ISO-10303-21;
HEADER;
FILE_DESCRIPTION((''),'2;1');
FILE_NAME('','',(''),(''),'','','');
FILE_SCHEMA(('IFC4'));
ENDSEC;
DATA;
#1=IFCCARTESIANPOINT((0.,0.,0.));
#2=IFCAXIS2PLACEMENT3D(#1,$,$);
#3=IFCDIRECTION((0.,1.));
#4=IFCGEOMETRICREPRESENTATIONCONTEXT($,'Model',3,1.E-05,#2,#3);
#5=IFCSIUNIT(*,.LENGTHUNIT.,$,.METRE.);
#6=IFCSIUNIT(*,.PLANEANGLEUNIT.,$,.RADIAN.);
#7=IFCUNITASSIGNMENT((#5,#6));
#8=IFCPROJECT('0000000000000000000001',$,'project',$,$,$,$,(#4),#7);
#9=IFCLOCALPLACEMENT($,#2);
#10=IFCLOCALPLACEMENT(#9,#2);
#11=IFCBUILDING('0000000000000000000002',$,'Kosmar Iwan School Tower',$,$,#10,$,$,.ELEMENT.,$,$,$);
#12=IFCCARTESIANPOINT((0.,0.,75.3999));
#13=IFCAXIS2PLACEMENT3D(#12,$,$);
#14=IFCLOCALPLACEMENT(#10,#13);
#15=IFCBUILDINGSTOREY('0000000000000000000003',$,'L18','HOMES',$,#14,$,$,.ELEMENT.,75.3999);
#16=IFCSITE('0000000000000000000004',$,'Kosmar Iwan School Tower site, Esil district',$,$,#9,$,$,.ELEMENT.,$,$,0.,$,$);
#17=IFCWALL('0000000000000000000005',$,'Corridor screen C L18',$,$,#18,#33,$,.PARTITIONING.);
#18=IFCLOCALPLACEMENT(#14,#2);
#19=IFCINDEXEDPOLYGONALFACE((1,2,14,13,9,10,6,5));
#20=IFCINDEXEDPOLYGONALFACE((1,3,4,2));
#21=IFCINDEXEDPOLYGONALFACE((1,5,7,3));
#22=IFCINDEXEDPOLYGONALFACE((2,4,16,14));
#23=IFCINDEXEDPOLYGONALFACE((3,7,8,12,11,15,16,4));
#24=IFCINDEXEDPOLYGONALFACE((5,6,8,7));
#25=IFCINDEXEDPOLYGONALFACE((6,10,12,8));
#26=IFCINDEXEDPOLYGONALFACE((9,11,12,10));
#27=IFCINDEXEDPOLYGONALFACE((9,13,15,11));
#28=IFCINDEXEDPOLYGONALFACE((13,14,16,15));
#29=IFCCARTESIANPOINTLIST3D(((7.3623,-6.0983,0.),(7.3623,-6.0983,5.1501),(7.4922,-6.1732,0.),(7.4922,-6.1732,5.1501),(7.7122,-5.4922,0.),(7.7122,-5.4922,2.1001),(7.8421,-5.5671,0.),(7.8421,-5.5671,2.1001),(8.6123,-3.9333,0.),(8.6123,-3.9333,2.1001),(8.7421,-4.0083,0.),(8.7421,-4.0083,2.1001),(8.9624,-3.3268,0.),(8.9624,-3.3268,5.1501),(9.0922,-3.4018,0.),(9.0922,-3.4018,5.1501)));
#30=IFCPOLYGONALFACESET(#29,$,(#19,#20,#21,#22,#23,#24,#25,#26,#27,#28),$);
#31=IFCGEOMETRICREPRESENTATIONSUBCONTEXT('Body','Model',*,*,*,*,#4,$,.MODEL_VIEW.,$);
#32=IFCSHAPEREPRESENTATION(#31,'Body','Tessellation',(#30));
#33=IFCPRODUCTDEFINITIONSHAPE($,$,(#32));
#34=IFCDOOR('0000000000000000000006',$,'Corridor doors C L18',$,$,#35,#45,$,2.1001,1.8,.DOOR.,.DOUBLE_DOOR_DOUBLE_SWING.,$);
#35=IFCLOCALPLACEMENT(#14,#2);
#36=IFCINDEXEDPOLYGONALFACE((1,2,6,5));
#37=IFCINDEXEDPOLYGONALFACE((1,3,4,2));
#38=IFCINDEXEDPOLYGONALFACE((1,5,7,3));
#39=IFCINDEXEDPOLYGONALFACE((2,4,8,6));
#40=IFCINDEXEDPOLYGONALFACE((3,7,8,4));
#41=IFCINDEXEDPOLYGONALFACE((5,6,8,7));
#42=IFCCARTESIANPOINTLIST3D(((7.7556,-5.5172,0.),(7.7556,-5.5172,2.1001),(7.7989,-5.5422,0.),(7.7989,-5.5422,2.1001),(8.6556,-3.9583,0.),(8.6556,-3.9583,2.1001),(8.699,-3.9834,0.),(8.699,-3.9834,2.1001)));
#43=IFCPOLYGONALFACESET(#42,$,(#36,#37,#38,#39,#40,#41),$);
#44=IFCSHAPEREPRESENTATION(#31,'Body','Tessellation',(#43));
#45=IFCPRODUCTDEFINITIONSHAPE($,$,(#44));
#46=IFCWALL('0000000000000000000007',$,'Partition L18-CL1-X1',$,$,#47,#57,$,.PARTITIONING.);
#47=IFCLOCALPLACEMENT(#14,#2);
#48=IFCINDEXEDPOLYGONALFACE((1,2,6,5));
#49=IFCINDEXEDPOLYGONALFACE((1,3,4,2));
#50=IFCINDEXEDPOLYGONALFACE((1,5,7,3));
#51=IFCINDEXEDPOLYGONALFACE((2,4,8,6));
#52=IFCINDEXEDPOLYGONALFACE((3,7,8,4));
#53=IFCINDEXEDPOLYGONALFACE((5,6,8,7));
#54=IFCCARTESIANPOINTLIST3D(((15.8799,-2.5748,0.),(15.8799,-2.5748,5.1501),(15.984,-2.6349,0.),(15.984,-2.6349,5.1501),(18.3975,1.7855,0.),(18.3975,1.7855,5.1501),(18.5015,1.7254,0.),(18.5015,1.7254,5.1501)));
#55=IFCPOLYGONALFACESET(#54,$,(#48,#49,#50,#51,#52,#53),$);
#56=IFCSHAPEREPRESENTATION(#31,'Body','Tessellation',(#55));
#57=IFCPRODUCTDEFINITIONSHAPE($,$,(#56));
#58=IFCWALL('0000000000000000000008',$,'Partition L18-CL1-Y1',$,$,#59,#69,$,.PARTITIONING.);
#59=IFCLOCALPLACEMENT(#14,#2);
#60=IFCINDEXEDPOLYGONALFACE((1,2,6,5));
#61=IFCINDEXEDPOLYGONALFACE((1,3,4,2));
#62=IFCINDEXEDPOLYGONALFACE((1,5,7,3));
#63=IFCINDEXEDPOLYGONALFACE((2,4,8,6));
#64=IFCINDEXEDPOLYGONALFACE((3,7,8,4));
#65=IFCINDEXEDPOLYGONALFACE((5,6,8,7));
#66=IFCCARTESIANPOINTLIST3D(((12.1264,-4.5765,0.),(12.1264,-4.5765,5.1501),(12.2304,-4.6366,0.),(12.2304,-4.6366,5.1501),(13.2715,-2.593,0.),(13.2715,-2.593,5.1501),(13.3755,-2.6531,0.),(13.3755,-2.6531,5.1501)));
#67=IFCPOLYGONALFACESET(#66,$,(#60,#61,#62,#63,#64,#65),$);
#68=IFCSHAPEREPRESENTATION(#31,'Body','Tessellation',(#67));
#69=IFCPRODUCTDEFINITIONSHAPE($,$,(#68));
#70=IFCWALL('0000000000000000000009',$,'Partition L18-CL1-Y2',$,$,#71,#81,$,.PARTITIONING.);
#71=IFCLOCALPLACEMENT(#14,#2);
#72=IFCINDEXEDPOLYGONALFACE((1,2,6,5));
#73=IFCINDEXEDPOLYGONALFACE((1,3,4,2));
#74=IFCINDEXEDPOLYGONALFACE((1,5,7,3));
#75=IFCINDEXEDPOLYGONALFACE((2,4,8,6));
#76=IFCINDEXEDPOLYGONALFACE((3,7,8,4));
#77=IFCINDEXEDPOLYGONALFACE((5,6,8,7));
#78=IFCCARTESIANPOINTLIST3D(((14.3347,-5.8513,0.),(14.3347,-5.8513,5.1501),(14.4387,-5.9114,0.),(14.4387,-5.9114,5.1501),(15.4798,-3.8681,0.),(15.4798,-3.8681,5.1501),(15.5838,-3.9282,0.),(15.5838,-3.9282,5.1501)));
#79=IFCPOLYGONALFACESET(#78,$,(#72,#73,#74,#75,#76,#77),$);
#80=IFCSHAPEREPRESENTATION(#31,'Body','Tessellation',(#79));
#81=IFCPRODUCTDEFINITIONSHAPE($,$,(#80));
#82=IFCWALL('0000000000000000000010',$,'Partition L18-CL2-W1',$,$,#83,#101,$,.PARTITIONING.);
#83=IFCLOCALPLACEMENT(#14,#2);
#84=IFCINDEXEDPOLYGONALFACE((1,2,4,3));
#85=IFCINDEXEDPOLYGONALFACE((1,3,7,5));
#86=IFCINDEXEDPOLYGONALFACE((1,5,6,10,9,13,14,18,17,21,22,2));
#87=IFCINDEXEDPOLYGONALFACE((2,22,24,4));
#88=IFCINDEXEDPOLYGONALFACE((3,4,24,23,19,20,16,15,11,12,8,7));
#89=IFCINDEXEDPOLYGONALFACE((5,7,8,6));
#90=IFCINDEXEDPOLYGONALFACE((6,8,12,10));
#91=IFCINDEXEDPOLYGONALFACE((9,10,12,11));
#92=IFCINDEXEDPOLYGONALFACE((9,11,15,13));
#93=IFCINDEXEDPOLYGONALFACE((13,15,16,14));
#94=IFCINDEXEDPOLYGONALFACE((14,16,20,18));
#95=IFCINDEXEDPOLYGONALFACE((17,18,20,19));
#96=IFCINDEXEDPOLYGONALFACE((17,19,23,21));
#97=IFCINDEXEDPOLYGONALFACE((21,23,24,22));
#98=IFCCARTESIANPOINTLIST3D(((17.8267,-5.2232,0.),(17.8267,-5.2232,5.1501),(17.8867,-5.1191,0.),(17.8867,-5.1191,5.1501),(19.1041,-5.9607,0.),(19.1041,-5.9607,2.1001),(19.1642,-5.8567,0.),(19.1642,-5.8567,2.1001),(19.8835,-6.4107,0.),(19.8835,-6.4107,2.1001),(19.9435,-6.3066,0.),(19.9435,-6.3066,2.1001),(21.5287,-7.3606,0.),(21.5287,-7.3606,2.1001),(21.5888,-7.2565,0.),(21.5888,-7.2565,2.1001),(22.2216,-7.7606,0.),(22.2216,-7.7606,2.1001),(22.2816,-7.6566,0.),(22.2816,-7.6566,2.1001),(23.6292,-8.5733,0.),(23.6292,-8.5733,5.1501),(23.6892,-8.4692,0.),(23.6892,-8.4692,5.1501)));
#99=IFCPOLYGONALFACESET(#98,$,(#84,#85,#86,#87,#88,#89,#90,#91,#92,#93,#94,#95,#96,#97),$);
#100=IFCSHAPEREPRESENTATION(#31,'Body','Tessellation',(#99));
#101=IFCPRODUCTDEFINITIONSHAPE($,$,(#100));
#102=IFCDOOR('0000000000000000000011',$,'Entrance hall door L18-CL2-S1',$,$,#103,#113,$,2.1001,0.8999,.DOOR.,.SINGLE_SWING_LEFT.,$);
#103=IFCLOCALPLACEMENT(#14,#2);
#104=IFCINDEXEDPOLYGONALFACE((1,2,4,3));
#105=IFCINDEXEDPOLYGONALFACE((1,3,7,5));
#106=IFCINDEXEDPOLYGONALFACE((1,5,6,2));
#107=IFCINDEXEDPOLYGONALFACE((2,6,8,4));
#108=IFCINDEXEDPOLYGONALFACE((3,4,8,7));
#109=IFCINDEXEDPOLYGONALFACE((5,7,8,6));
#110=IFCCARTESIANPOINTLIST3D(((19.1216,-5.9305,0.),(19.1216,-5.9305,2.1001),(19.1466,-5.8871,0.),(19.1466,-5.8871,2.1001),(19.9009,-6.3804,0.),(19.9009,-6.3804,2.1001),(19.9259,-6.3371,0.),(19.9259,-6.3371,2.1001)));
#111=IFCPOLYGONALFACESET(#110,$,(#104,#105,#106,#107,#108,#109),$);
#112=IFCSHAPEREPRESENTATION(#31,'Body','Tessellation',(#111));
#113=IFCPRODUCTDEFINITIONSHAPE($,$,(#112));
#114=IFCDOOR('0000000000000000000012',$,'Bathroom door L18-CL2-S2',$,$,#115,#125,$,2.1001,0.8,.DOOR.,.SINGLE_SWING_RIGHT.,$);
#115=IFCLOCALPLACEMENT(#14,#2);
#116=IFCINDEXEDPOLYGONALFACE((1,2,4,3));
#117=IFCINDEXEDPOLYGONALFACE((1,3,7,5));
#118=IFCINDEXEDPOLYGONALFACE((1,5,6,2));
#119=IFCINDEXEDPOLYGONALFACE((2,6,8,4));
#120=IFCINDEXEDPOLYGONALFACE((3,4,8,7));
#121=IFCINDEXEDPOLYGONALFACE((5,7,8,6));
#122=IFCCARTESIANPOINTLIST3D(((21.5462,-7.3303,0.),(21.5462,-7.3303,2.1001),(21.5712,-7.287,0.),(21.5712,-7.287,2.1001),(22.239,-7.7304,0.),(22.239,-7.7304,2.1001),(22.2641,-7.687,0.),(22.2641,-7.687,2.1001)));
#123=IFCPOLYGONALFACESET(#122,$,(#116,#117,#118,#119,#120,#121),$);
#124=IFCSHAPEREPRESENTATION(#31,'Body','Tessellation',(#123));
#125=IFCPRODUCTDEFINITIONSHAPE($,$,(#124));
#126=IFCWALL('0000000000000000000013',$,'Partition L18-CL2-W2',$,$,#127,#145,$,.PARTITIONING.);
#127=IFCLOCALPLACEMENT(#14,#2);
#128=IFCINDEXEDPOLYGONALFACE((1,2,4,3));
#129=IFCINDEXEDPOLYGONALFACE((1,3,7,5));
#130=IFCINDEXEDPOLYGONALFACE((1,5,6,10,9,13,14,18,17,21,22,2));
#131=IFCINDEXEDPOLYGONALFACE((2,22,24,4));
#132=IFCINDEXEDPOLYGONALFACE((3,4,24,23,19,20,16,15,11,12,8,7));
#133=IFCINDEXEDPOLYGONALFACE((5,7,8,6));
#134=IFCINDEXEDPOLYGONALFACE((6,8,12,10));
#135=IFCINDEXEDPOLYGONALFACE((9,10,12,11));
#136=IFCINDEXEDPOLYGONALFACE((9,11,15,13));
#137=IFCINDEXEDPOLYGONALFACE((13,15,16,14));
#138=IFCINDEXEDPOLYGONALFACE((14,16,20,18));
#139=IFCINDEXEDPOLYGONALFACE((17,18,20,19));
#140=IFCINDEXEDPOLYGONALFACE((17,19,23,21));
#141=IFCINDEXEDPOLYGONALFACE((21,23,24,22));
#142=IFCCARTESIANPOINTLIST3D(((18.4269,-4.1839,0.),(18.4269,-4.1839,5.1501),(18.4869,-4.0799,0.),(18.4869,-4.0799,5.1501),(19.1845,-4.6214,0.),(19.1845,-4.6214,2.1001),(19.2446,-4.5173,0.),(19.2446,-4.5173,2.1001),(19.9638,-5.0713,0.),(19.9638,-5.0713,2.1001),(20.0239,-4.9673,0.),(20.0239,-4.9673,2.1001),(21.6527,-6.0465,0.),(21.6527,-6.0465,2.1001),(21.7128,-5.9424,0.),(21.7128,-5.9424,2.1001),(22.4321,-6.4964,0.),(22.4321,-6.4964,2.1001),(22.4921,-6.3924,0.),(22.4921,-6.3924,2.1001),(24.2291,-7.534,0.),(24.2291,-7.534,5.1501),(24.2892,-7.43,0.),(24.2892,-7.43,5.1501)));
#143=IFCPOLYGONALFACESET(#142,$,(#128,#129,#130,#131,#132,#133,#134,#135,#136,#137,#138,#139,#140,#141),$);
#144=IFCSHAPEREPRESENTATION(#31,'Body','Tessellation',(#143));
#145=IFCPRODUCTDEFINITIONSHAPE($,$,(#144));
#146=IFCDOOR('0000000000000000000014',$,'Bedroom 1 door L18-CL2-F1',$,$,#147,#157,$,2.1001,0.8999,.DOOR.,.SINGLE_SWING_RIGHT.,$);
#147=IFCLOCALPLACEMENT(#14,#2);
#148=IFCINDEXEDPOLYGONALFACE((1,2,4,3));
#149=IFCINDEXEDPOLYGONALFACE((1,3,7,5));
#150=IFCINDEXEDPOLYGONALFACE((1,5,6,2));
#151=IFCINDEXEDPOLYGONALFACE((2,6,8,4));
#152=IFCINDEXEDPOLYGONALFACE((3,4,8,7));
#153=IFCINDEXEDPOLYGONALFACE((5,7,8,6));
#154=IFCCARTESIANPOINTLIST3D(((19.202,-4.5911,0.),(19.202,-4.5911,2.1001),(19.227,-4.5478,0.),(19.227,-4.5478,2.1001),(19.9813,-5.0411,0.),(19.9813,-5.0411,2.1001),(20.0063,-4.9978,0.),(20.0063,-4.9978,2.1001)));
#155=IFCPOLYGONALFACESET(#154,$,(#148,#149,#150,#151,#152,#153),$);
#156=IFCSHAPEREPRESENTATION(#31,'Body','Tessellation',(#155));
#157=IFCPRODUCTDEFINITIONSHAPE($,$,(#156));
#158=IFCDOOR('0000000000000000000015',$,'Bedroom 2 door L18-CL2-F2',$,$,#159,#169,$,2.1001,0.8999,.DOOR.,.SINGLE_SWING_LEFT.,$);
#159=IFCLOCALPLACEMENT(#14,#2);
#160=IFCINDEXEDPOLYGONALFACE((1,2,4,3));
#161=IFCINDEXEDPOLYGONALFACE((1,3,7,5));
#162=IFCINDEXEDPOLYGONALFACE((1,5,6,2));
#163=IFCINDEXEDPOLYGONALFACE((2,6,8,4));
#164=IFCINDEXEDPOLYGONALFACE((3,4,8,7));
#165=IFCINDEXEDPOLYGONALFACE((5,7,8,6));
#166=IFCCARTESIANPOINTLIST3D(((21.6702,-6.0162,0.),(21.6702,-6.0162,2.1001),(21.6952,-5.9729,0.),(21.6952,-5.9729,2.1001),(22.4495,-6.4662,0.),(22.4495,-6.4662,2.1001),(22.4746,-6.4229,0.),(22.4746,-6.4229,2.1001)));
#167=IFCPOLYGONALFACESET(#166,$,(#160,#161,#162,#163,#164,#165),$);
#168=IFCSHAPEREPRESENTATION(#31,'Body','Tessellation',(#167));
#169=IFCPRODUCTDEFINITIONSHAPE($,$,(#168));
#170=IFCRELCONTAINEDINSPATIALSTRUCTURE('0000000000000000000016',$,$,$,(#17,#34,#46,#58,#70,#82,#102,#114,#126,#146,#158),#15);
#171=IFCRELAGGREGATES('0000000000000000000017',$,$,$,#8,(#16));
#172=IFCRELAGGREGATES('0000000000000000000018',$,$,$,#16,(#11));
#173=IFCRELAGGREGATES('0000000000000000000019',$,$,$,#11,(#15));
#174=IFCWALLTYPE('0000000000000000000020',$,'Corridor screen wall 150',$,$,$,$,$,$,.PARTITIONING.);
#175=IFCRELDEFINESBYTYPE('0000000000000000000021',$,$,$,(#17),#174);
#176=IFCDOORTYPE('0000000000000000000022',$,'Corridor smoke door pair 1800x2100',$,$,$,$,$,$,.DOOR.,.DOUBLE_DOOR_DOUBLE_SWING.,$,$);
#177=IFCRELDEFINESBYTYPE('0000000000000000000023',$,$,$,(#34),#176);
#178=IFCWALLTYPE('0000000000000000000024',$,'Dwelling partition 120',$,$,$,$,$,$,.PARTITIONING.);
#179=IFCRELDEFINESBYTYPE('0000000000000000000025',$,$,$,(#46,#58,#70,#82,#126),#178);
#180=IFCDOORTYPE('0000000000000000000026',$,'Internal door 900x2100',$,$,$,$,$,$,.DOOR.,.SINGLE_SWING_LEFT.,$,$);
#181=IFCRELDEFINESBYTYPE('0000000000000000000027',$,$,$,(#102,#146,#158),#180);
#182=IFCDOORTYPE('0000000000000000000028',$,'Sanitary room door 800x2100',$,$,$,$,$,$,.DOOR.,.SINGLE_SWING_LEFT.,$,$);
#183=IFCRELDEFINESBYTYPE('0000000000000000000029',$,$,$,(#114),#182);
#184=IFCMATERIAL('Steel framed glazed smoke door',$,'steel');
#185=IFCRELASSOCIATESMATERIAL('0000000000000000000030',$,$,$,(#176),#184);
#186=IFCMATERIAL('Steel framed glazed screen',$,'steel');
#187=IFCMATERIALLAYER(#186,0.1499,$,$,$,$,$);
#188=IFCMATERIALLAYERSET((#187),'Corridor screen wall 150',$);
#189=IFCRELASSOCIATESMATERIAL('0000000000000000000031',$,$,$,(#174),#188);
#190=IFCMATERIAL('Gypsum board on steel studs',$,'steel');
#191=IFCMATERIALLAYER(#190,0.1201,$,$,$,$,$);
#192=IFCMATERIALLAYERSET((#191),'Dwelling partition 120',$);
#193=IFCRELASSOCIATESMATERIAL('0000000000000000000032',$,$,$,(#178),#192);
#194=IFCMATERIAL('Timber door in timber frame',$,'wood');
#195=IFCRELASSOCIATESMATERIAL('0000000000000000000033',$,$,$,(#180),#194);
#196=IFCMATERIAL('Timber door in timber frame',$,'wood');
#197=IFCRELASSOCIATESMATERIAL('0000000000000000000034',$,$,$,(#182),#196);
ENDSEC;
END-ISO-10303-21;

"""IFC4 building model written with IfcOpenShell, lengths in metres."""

from ifc_helpers import new_model, si_unit, direction, frame, frame_2d, origin, place, context, subcontext, project, spatial, rectangle, extrude, material, layer, layer_set, type_object, element, fill, save


model = new_model("IFC4")

# Units and contexts
model_context = context("Model", 3, precision=1e-05, world=origin(), true_north=direction((0.0, 1.0)))
body_context = subcontext(model_context, "Body", "Model", "MODEL_VIEW")
ifc_project = project(units=[si_unit("LENGTHUNIT", "METRE"), si_unit("PLANEANGLEUNIT", "RADIAN")], contexts=[model_context])

# Site, building, storey
site_placement = place(None, origin())
site = spatial("IfcSite", under=ifc_project, at=site_placement, Name="Kosmar Iwan School Tower site, Esil district", CompositionType="ELEMENT", RefElevation=0.0)
building_placement = place(site_placement, origin())
building = spatial("IfcBuilding", under=site, at=building_placement, Name="Kosmar Iwan School Tower", CompositionType="ELEMENT")
storey_placement = place(building_placement, frame((0.0, 0.0, 75.3999)))
storey = spatial("IfcBuildingStorey", under=building, at=storey_placement, Name="L18", Description="HOMES", CompositionType="ELEMENT", Elevation=75.3999)

# Wall, opening, door
ifc_material_1 = material(Name="Steel framed glazed smoke door", Category="steel")
door_type_1 = type_object("IfcDoorType", Name="Corridor smoke door pair 1800x2100", OperationType="DOUBLE_DOOR_DOUBLE_SWING", PredefinedType="DOOR", material=ifc_material_1)
ifc_material_2 = material(Name="Steel framed glazed screen", Category="steel")
ifc_layer_1 = layer(ifc_material_2, 0.1499)
ifc_layer_set_1 = layer_set([ifc_layer_1], Name="Corridor screen wall 150")
wall_type_1 = type_object("IfcWallType", Name="Corridor screen wall 150", PredefinedType="PARTITIONING", material=ifc_layer_set_1)
wall_1_placement = place(storey_placement, frame((7.4272, -6.1357, 0.0), z_axis=(0.0, 0.0, 1.0), x_axis=(0.499995, 0.866028, 0.0)))
wall_1 = element("IfcWall", 1, at=wall_1_placement, inside=storey, type_object=wall_type_1, Name="Corridor screen C L18", PredefinedType="PARTITIONING", context=body_context, shape_type="SweptSolid", body=[
    extrude(rectangle(XDim=3.2002, YDim=0.1499, at=frame_2d((1.6001, 0.0))), origin(), (0.0, 0.0, 1.0), 5.1501),
])
opening_1_placement = place(wall_1_placement, frame((0.7, 0.0, 0.0)))
opening_1 = element("IfcOpeningElement", 2, at=opening_1_placement, cuts=wall_1, PredefinedType="OPENING", context=body_context, shape_type="SweptSolid", body=[
    extrude(rectangle(XDim=1.8, YDim=2.1001, at=frame_2d((0.8999, 1.05))), frame((0.0, 0.0869, 0.0), z_axis=(0.0, -1.0, 0.0), x_axis=(1.0, 0.0, 0.0)), (0.0, 0.0, 1.0), 0.1738),
])
door_1_placement = place(opening_1_placement, origin())
door_1 = element("IfcDoor", 3, at=door_1_placement, inside=storey, type_object=door_type_1, Name="Corridor doors C L18", OperationType="DOUBLE_DOOR_DOUBLE_SWING", OverallHeight=2.1001, OverallWidth=1.8, PredefinedType="DOOR", context=body_context, shape_type="SweptSolid", body=[
    extrude(rectangle(XDim=1.8, YDim=2.1001, at=frame_2d((0.8999, 1.05))), frame((0.0, 0.0249, 0.0), z_axis=(0.0, -1.0, 0.0), x_axis=(1.0, 0.0, 0.0)), (0.0, 0.0, 1.0), 0.05),
])
fill(opening_1, door_1)

# Walls
ifc_material_3 = material(Name="Gypsum board on steel studs", Category="steel")
ifc_layer_2 = layer(ifc_material_3, 0.1201)
ifc_layer_set_2 = layer_set([ifc_layer_2], Name="Dwelling partition 120")
wall_type_2 = type_object("IfcWallType", Name="Dwelling partition 120", PredefinedType="PARTITIONING", material=ifc_layer_set_2)
wall_2_placement = place(storey_placement, frame((15.9319, -2.605, 0.0), z_axis=(0.0, 0.0, 1.0), x_axis=(0.500019, 0.866014, 0.0)))
element("IfcWall", 4, at=wall_2_placement, inside=storey, type_object=wall_type_2, Name="Partition L18-CL1-X1", PredefinedType="PARTITIONING", context=body_context, shape_type="SweptSolid", body=[
    extrude(rectangle(XDim=5.0349, YDim=0.1201, at=frame_2d((2.5176, 0.0))), origin(), (0.0, 0.0, 1.0), 5.1501),
])
wall_3_placement = place(storey_placement, frame((12.1785, -4.6064, 0.0), z_axis=(0.0, 0.0, 1.0), x_axis=(0.499969, 0.866044, 0.0)))
element("IfcWall", 5, at=wall_3_placement, inside=storey, type_object=wall_type_2, Name="Partition L18-CL1-Y1", PredefinedType="PARTITIONING", context=body_context, shape_type="SweptSolid", body=[
    extrude(rectangle(XDim=2.2903, YDim=0.1201, at=frame_2d((1.145, 0.0))), origin(), (0.0, 0.0, 1.0), 5.1501),
])
wall_4_placement = place(storey_placement, frame((14.3867, -5.8813, 0.0), z_axis=(0.0, 0.0, 1.0), x_axis=(0.500015, 0.866017, 0.0)))
element("IfcWall", 6, at=wall_4_placement, inside=storey, type_object=wall_type_2, Name="Partition L18-CL1-Y2", PredefinedType="PARTITIONING", context=body_context, shape_type="SweptSolid", body=[
    extrude(rectangle(XDim=2.29, YDim=0.1201, at=frame_2d((1.145, 0.0))), origin(), (0.0, 0.0, 1.0), 5.1501),
])

# Walls, openings, doors
wall_5_placement = place(storey_placement, frame((17.8567, -5.1711, 0.0), z_axis=(0.0, 0.0, 1.0), x_axis=(0.866024, -0.500003, 0.0)))
wall_5 = element("IfcWall", 7, at=wall_5_placement, inside=storey, type_object=wall_type_2, Name="Partition L18-CL2-W1", PredefinedType="PARTITIONING", context=body_context, shape_type="SweptSolid", body=[
    extrude(rectangle(XDim=6.7002, YDim=0.1201, at=frame_2d((3.3501, 0.0))), origin(), (0.0, 0.0, 1.0), 5.1501),
])
opening_2_placement = place(wall_5_placement, frame((1.4751, 0.0, 0.0)))
opening_2 = element("IfcOpeningElement", 8, at=opening_2_placement, cuts=wall_5, PredefinedType="OPENING", context=body_context, shape_type="SweptSolid", body=[
    extrude(rectangle(XDim=0.8999, YDim=2.1001, at=frame_2d((0.45, 1.05))), frame((0.0, 0.072, 0.0), z_axis=(0.0, -1.0, 0.0), x_axis=(1.0, 0.0, 0.0)), (0.0, 0.0, 1.0), 0.144),
])
opening_3_placement = place(wall_5_placement, frame((4.2749, 0.0, 0.0)))
opening_3 = element("IfcOpeningElement", 9, at=opening_3_placement, cuts=wall_5, PredefinedType="OPENING", context=body_context, shape_type="SweptSolid", body=[
    extrude(rectangle(XDim=0.8, YDim=2.1001, at=frame_2d((0.3999, 1.05))), frame((0.0, 0.072, 0.0), z_axis=(0.0, -1.0, 0.0), x_axis=(1.0, 0.0, 0.0)), (0.0, 0.0, 1.0), 0.144),
])
ifc_material_4 = material(Name="Timber door in timber frame", Category="wood")
door_type_2 = type_object("IfcDoorType", Name="Internal door 900x2100", OperationType="SINGLE_SWING_LEFT", PredefinedType="DOOR", material=ifc_material_4)
door_2_placement = place(opening_2_placement, origin())
door_2 = element("IfcDoor", 10, at=door_2_placement, inside=storey, type_object=door_type_2, Name="Entrance hall door L18-CL2-S1", OperationType="SINGLE_SWING_LEFT", OverallHeight=2.1001, OverallWidth=0.8999, PredefinedType="DOOR", context=body_context, shape_type="SweptSolid", body=[
    extrude(rectangle(XDim=0.8999, YDim=2.1001, at=frame_2d((0.45, 1.05))), frame((0.0, 0.0249, 0.0), z_axis=(0.0, -1.0, 0.0), x_axis=(1.0, 0.0, 0.0)), (0.0, 0.0, 1.0), 0.05),
])
fill(opening_2, door_2)
ifc_material_5 = material(Name="Timber door in timber frame", Category="wood")
door_type_3 = type_object("IfcDoorType", Name="Sanitary room door 800x2100", OperationType="SINGLE_SWING_LEFT", PredefinedType="DOOR", material=ifc_material_5)
door_3_placement = place(opening_3_placement, origin())
door_3 = element("IfcDoor", 11, at=door_3_placement, inside=storey, type_object=door_type_3, Name="Bathroom door L18-CL2-S2", OperationType="SINGLE_SWING_RIGHT", OverallHeight=2.1001, OverallWidth=0.8, PredefinedType="DOOR", context=body_context, shape_type="SweptSolid", body=[
    extrude(rectangle(XDim=0.8, YDim=2.1001, at=frame_2d((0.3999, 1.05))), frame((0.0, 0.0249, 0.0), z_axis=(0.0, -1.0, 0.0), x_axis=(1.0, 0.0, 0.0)), (0.0, 0.0, 1.0), 0.05),
])
fill(opening_3, door_3)
wall_6_placement = place(storey_placement, frame((18.4568, -4.1318, 0.0), z_axis=(0.0, 0.0, 1.0), x_axis=(0.866014, -0.500019, 0.0)))
wall_6 = element("IfcWall", 12, at=wall_6_placement, inside=storey, type_object=wall_type_2, Name="Partition L18-CL2-W2", PredefinedType="PARTITIONING", context=body_context, shape_type="SweptSolid", body=[
    extrude(rectangle(XDim=6.7, YDim=0.1201, at=frame_2d((3.3501, 0.0))), origin(), (0.0, 0.0, 1.0), 5.1501),
])
opening_4_placement = place(wall_6_placement, frame((0.875, 0.0, 0.0)))
opening_4 = element("IfcOpeningElement", 13, at=opening_4_placement, cuts=wall_6, PredefinedType="OPENING", context=body_context, shape_type="SweptSolid", body=[
    extrude(rectangle(XDim=0.8999, YDim=2.1001, at=frame_2d((0.45, 1.05))), frame((0.0, 0.072, 0.0), z_axis=(0.0, -1.0, 0.0), x_axis=(1.0, 0.0, 0.0)), (0.0, 0.0, 1.0), 0.144),
])
opening_5_placement = place(wall_6_placement, frame((3.7251, 0.0, 0.0)))
opening_5 = element("IfcOpeningElement", 14, at=opening_5_placement, cuts=wall_6, PredefinedType="OPENING", context=body_context, shape_type="SweptSolid", body=[
    extrude(rectangle(XDim=0.8999, YDim=2.1001, at=frame_2d((0.45, 1.05))), frame((0.0, 0.072, 0.0), z_axis=(0.0, -1.0, 0.0), x_axis=(1.0, 0.0, 0.0)), (0.0, 0.0, 1.0), 0.144),
])
door_4_placement = place(opening_4_placement, origin())
door_4 = element("IfcDoor", 15, at=door_4_placement, inside=storey, type_object=door_type_2, Name="Bedroom 1 door L18-CL2-F1", OperationType="SINGLE_SWING_RIGHT", OverallHeight=2.1001, OverallWidth=0.8999, PredefinedType="DOOR", context=body_context, shape_type="SweptSolid", body=[
    extrude(rectangle(XDim=0.8999, YDim=2.1001, at=frame_2d((0.45, 1.05))), frame((0.0, 0.0249, 0.0), z_axis=(0.0, -1.0, 0.0), x_axis=(1.0, 0.0, 0.0)), (0.0, 0.0, 1.0), 0.05),
])
fill(opening_4, door_4)
door_5_placement = place(opening_5_placement, origin())
door_5 = element("IfcDoor", 16, at=door_5_placement, inside=storey, type_object=door_type_2, Name="Bedroom 2 door L18-CL2-F2", OperationType="SINGLE_SWING_LEFT", OverallHeight=2.1001, OverallWidth=0.8999, PredefinedType="DOOR", context=body_context, shape_type="SweptSolid", body=[
    extrude(rectangle(XDim=0.8999, YDim=2.1001, at=frame_2d((0.45, 1.05))), frame((0.0, 0.0249, 0.0), z_axis=(0.0, -1.0, 0.0), x_axis=(1.0, 0.0, 0.0)), (0.0, 0.0, 1.0), 0.05),
])
fill(opening_5, door_5)

save(model, "model.ifc")
